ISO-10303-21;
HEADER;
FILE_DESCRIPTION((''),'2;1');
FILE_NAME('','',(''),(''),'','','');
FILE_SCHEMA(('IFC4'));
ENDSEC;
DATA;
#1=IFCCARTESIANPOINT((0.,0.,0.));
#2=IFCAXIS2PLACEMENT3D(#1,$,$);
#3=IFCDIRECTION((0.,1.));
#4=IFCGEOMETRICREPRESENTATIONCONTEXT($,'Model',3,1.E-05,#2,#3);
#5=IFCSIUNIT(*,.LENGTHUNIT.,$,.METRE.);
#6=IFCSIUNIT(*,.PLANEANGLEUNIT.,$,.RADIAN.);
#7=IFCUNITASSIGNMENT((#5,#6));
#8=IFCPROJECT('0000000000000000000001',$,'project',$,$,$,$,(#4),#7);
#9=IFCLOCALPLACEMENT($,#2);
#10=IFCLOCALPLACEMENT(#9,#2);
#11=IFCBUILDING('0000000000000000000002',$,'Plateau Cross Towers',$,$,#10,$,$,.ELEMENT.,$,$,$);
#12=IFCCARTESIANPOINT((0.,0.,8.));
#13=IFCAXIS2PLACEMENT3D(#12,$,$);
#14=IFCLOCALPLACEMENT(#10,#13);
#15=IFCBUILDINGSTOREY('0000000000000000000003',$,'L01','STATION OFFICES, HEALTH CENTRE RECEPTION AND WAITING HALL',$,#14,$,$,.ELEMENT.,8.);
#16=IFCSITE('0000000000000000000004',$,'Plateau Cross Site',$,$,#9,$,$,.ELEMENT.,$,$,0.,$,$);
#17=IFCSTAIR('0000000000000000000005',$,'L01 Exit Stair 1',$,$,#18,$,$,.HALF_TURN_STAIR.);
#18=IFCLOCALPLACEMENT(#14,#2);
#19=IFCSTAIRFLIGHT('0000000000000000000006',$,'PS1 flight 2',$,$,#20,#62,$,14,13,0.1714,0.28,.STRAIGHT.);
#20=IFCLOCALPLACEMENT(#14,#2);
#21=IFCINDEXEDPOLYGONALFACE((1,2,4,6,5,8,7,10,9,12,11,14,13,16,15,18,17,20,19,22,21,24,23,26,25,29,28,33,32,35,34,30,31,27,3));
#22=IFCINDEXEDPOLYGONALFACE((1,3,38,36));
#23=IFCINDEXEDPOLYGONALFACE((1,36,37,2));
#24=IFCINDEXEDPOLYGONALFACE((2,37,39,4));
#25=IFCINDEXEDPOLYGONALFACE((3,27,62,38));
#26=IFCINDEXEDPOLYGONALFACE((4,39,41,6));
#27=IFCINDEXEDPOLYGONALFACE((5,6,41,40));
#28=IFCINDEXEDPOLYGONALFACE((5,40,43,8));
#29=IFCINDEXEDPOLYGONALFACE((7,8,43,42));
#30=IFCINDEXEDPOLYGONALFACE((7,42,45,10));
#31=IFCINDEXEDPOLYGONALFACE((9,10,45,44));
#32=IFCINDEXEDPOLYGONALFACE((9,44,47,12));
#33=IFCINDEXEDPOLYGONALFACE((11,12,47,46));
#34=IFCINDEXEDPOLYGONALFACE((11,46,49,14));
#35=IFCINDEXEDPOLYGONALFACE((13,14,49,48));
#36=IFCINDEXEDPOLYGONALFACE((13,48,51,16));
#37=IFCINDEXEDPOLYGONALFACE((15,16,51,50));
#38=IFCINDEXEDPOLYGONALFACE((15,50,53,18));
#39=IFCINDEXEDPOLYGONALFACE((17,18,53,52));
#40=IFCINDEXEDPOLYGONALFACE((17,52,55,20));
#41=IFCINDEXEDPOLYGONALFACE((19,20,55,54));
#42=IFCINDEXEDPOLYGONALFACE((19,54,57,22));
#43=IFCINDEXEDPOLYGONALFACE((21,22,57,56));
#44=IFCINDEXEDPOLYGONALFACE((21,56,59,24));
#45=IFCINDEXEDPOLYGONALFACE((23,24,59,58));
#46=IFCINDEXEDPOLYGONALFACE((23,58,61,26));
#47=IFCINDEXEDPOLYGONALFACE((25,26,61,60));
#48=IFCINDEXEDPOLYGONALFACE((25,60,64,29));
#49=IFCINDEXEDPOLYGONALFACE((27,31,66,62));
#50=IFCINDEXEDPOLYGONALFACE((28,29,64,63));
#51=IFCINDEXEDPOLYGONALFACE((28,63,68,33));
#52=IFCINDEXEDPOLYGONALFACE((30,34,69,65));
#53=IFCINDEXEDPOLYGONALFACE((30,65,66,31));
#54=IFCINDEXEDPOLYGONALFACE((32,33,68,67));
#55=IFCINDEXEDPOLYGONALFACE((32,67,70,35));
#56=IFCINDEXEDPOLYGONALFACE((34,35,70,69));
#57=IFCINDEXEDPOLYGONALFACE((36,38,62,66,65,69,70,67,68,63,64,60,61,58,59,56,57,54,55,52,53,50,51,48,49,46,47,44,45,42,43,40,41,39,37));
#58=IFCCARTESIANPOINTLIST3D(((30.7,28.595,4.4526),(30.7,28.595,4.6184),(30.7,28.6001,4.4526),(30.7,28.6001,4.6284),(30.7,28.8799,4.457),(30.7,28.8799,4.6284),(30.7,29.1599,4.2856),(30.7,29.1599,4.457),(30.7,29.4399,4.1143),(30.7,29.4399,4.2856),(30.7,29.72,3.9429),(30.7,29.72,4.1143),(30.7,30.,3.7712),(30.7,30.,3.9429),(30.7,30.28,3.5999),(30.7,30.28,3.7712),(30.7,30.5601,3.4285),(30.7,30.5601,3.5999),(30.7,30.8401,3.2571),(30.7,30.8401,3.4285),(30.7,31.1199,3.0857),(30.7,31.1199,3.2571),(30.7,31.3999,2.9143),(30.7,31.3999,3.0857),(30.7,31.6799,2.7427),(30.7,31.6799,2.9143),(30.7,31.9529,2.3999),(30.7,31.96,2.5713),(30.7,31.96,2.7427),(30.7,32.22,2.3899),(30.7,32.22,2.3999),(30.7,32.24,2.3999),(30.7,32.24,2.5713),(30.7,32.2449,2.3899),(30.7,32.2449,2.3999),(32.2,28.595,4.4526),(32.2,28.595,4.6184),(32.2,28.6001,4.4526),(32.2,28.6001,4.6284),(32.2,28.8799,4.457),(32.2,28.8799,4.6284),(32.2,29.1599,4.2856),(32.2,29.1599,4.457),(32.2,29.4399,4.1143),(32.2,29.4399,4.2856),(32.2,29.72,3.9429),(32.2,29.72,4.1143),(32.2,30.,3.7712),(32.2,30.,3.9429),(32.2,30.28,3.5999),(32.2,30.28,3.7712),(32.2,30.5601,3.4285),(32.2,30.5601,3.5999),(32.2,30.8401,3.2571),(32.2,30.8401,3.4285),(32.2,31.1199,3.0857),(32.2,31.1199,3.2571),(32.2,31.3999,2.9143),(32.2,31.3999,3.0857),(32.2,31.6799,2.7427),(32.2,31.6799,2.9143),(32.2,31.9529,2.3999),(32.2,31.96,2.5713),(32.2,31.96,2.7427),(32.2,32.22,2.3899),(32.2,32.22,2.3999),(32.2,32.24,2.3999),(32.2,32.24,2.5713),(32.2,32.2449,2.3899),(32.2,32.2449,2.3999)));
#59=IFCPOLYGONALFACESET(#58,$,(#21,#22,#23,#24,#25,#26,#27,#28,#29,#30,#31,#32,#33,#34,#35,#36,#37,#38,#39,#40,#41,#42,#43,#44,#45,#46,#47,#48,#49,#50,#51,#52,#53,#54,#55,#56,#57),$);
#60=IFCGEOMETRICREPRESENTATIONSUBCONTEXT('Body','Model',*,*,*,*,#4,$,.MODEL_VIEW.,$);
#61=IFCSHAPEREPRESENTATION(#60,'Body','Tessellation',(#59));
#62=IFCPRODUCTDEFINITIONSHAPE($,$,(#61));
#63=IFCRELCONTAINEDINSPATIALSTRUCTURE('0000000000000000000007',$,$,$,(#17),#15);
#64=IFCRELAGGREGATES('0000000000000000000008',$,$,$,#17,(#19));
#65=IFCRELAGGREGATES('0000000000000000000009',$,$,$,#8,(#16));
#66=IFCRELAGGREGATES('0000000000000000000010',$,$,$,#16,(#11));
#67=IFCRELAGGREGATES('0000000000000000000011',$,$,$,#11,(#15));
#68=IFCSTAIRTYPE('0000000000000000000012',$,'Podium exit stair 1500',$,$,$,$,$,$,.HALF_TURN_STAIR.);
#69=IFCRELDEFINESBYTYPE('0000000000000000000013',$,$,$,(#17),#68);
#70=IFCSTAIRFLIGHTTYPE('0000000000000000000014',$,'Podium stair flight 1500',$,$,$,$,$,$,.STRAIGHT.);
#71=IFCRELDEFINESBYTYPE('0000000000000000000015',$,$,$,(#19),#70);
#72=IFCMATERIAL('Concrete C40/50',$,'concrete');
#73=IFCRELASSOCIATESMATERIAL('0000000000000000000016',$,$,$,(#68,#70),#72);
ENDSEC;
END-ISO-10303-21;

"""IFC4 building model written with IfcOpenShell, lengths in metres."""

from ifc_helpers import new_model, si_unit, direction, frame, origin, place, context, subcontext, project, spatial, polyline, outline, extrude, material, type_object, element, aggregate, save


model = new_model("IFC4")

# Units and contexts
model_context = context("Model", 3, precision=1e-05, world=origin(), true_north=direction((0.0, 1.0)))
body_context = subcontext(model_context, "Body", "Model", "MODEL_VIEW")
ifc_project = project(units=[si_unit("LENGTHUNIT", "METRE"), si_unit("PLANEANGLEUNIT", "RADIAN")], contexts=[model_context])

# Site, building, storey
site_placement = place(None, origin())
site = spatial("IfcSite", under=ifc_project, at=site_placement, Name="Plateau Cross Site", CompositionType="ELEMENT", RefElevation=0.0)
building_placement = place(site_placement, origin())
building = spatial("IfcBuilding", under=site, at=building_placement, Name="Plateau Cross Towers", CompositionType="ELEMENT")
storey_placement = place(building_placement, frame((0.0, 0.0, 8.0)))
storey = spatial("IfcBuildingStorey", under=building, at=storey_placement, Name="L01", Description="STATION OFFICES, HEALTH CENTRE RECEPTION AND WAITING HALL", CompositionType="ELEMENT", Elevation=8.0)

# Stair, stair flight
ifc_material_1 = material(Name="Concrete C40/50", Category="concrete")
stair_type = type_object("IfcStairType", Name="Podium exit stair 1500", PredefinedType="HALF_TURN_STAIR", material=ifc_material_1)
stair_placement = place(storey_placement, origin())
stair = element("IfcStair", 1, at=stair_placement, inside=storey, type_object=stair_type, Name="L01 Exit Stair 1", PredefinedType="HALF_TURN_STAIR")
stair_flight_type = type_object("IfcStairFlightType", Name="Podium stair flight 1500", PredefinedType="STRAIGHT", material=ifc_material_1)
stair_flight_1_placement = place(storey_placement, frame((31.45, 32.24, 2.3999), z_axis=(0.0, 0.0, 1.0), x_axis=(0.0, -1.0, 0.0)))
stair_flight_1 = element("IfcStairFlight", 2, at=stair_flight_1_placement, type_object=stair_flight_type, Name="PS1 flight 2", NumberOfRisers=14, NumberOfTreads=13, PredefinedType="STRAIGHT", RiserHeight=0.1714, TreadLength=0.28, context=body_context, shape_type="SweptSolid", body=[
    extrude(outline(polyline([(-0.0049, -0.01), (-0.0049, 0.0), (0.0, 0.0), (0.0, 0.1714), (0.28, 0.1714), (0.28, 0.3428), (0.5601, 0.3428), (0.5601, 0.5144), (0.8401, 0.5144), (0.8401, 0.6858), (1.1201, 0.6858), (1.1201, 0.8572), (1.3999, 0.8572), (1.3999, 1.0286), (1.6799, 1.0286), (1.6799, 1.2), (1.96, 1.2), (1.96, 1.3713), (2.24, 1.3713), (2.24, 1.543), (2.52, 1.543), (2.52, 1.7144), (2.8, 1.7144), (2.8, 1.8857), (3.0801, 1.8857), (3.0801, 2.0571), (3.3601, 2.0571), (3.3601, 2.2285), (3.6399, 2.2285), (3.645, 2.2185), (3.645, 2.0527), (3.6399, 2.0527), (0.2871, 0.0), (0.02, 0.0), (0.02, -0.01), (-0.0049, -0.01)])), frame((0.0, 0.75, 0.0), z_axis=(0.0, -1.0, 0.0), x_axis=(1.0, 0.0, 0.0)), (0.0, 0.0, 1.0), 1.5),
])
aggregate(stair, [stair_flight_1])

save(model, "model.ifc")
